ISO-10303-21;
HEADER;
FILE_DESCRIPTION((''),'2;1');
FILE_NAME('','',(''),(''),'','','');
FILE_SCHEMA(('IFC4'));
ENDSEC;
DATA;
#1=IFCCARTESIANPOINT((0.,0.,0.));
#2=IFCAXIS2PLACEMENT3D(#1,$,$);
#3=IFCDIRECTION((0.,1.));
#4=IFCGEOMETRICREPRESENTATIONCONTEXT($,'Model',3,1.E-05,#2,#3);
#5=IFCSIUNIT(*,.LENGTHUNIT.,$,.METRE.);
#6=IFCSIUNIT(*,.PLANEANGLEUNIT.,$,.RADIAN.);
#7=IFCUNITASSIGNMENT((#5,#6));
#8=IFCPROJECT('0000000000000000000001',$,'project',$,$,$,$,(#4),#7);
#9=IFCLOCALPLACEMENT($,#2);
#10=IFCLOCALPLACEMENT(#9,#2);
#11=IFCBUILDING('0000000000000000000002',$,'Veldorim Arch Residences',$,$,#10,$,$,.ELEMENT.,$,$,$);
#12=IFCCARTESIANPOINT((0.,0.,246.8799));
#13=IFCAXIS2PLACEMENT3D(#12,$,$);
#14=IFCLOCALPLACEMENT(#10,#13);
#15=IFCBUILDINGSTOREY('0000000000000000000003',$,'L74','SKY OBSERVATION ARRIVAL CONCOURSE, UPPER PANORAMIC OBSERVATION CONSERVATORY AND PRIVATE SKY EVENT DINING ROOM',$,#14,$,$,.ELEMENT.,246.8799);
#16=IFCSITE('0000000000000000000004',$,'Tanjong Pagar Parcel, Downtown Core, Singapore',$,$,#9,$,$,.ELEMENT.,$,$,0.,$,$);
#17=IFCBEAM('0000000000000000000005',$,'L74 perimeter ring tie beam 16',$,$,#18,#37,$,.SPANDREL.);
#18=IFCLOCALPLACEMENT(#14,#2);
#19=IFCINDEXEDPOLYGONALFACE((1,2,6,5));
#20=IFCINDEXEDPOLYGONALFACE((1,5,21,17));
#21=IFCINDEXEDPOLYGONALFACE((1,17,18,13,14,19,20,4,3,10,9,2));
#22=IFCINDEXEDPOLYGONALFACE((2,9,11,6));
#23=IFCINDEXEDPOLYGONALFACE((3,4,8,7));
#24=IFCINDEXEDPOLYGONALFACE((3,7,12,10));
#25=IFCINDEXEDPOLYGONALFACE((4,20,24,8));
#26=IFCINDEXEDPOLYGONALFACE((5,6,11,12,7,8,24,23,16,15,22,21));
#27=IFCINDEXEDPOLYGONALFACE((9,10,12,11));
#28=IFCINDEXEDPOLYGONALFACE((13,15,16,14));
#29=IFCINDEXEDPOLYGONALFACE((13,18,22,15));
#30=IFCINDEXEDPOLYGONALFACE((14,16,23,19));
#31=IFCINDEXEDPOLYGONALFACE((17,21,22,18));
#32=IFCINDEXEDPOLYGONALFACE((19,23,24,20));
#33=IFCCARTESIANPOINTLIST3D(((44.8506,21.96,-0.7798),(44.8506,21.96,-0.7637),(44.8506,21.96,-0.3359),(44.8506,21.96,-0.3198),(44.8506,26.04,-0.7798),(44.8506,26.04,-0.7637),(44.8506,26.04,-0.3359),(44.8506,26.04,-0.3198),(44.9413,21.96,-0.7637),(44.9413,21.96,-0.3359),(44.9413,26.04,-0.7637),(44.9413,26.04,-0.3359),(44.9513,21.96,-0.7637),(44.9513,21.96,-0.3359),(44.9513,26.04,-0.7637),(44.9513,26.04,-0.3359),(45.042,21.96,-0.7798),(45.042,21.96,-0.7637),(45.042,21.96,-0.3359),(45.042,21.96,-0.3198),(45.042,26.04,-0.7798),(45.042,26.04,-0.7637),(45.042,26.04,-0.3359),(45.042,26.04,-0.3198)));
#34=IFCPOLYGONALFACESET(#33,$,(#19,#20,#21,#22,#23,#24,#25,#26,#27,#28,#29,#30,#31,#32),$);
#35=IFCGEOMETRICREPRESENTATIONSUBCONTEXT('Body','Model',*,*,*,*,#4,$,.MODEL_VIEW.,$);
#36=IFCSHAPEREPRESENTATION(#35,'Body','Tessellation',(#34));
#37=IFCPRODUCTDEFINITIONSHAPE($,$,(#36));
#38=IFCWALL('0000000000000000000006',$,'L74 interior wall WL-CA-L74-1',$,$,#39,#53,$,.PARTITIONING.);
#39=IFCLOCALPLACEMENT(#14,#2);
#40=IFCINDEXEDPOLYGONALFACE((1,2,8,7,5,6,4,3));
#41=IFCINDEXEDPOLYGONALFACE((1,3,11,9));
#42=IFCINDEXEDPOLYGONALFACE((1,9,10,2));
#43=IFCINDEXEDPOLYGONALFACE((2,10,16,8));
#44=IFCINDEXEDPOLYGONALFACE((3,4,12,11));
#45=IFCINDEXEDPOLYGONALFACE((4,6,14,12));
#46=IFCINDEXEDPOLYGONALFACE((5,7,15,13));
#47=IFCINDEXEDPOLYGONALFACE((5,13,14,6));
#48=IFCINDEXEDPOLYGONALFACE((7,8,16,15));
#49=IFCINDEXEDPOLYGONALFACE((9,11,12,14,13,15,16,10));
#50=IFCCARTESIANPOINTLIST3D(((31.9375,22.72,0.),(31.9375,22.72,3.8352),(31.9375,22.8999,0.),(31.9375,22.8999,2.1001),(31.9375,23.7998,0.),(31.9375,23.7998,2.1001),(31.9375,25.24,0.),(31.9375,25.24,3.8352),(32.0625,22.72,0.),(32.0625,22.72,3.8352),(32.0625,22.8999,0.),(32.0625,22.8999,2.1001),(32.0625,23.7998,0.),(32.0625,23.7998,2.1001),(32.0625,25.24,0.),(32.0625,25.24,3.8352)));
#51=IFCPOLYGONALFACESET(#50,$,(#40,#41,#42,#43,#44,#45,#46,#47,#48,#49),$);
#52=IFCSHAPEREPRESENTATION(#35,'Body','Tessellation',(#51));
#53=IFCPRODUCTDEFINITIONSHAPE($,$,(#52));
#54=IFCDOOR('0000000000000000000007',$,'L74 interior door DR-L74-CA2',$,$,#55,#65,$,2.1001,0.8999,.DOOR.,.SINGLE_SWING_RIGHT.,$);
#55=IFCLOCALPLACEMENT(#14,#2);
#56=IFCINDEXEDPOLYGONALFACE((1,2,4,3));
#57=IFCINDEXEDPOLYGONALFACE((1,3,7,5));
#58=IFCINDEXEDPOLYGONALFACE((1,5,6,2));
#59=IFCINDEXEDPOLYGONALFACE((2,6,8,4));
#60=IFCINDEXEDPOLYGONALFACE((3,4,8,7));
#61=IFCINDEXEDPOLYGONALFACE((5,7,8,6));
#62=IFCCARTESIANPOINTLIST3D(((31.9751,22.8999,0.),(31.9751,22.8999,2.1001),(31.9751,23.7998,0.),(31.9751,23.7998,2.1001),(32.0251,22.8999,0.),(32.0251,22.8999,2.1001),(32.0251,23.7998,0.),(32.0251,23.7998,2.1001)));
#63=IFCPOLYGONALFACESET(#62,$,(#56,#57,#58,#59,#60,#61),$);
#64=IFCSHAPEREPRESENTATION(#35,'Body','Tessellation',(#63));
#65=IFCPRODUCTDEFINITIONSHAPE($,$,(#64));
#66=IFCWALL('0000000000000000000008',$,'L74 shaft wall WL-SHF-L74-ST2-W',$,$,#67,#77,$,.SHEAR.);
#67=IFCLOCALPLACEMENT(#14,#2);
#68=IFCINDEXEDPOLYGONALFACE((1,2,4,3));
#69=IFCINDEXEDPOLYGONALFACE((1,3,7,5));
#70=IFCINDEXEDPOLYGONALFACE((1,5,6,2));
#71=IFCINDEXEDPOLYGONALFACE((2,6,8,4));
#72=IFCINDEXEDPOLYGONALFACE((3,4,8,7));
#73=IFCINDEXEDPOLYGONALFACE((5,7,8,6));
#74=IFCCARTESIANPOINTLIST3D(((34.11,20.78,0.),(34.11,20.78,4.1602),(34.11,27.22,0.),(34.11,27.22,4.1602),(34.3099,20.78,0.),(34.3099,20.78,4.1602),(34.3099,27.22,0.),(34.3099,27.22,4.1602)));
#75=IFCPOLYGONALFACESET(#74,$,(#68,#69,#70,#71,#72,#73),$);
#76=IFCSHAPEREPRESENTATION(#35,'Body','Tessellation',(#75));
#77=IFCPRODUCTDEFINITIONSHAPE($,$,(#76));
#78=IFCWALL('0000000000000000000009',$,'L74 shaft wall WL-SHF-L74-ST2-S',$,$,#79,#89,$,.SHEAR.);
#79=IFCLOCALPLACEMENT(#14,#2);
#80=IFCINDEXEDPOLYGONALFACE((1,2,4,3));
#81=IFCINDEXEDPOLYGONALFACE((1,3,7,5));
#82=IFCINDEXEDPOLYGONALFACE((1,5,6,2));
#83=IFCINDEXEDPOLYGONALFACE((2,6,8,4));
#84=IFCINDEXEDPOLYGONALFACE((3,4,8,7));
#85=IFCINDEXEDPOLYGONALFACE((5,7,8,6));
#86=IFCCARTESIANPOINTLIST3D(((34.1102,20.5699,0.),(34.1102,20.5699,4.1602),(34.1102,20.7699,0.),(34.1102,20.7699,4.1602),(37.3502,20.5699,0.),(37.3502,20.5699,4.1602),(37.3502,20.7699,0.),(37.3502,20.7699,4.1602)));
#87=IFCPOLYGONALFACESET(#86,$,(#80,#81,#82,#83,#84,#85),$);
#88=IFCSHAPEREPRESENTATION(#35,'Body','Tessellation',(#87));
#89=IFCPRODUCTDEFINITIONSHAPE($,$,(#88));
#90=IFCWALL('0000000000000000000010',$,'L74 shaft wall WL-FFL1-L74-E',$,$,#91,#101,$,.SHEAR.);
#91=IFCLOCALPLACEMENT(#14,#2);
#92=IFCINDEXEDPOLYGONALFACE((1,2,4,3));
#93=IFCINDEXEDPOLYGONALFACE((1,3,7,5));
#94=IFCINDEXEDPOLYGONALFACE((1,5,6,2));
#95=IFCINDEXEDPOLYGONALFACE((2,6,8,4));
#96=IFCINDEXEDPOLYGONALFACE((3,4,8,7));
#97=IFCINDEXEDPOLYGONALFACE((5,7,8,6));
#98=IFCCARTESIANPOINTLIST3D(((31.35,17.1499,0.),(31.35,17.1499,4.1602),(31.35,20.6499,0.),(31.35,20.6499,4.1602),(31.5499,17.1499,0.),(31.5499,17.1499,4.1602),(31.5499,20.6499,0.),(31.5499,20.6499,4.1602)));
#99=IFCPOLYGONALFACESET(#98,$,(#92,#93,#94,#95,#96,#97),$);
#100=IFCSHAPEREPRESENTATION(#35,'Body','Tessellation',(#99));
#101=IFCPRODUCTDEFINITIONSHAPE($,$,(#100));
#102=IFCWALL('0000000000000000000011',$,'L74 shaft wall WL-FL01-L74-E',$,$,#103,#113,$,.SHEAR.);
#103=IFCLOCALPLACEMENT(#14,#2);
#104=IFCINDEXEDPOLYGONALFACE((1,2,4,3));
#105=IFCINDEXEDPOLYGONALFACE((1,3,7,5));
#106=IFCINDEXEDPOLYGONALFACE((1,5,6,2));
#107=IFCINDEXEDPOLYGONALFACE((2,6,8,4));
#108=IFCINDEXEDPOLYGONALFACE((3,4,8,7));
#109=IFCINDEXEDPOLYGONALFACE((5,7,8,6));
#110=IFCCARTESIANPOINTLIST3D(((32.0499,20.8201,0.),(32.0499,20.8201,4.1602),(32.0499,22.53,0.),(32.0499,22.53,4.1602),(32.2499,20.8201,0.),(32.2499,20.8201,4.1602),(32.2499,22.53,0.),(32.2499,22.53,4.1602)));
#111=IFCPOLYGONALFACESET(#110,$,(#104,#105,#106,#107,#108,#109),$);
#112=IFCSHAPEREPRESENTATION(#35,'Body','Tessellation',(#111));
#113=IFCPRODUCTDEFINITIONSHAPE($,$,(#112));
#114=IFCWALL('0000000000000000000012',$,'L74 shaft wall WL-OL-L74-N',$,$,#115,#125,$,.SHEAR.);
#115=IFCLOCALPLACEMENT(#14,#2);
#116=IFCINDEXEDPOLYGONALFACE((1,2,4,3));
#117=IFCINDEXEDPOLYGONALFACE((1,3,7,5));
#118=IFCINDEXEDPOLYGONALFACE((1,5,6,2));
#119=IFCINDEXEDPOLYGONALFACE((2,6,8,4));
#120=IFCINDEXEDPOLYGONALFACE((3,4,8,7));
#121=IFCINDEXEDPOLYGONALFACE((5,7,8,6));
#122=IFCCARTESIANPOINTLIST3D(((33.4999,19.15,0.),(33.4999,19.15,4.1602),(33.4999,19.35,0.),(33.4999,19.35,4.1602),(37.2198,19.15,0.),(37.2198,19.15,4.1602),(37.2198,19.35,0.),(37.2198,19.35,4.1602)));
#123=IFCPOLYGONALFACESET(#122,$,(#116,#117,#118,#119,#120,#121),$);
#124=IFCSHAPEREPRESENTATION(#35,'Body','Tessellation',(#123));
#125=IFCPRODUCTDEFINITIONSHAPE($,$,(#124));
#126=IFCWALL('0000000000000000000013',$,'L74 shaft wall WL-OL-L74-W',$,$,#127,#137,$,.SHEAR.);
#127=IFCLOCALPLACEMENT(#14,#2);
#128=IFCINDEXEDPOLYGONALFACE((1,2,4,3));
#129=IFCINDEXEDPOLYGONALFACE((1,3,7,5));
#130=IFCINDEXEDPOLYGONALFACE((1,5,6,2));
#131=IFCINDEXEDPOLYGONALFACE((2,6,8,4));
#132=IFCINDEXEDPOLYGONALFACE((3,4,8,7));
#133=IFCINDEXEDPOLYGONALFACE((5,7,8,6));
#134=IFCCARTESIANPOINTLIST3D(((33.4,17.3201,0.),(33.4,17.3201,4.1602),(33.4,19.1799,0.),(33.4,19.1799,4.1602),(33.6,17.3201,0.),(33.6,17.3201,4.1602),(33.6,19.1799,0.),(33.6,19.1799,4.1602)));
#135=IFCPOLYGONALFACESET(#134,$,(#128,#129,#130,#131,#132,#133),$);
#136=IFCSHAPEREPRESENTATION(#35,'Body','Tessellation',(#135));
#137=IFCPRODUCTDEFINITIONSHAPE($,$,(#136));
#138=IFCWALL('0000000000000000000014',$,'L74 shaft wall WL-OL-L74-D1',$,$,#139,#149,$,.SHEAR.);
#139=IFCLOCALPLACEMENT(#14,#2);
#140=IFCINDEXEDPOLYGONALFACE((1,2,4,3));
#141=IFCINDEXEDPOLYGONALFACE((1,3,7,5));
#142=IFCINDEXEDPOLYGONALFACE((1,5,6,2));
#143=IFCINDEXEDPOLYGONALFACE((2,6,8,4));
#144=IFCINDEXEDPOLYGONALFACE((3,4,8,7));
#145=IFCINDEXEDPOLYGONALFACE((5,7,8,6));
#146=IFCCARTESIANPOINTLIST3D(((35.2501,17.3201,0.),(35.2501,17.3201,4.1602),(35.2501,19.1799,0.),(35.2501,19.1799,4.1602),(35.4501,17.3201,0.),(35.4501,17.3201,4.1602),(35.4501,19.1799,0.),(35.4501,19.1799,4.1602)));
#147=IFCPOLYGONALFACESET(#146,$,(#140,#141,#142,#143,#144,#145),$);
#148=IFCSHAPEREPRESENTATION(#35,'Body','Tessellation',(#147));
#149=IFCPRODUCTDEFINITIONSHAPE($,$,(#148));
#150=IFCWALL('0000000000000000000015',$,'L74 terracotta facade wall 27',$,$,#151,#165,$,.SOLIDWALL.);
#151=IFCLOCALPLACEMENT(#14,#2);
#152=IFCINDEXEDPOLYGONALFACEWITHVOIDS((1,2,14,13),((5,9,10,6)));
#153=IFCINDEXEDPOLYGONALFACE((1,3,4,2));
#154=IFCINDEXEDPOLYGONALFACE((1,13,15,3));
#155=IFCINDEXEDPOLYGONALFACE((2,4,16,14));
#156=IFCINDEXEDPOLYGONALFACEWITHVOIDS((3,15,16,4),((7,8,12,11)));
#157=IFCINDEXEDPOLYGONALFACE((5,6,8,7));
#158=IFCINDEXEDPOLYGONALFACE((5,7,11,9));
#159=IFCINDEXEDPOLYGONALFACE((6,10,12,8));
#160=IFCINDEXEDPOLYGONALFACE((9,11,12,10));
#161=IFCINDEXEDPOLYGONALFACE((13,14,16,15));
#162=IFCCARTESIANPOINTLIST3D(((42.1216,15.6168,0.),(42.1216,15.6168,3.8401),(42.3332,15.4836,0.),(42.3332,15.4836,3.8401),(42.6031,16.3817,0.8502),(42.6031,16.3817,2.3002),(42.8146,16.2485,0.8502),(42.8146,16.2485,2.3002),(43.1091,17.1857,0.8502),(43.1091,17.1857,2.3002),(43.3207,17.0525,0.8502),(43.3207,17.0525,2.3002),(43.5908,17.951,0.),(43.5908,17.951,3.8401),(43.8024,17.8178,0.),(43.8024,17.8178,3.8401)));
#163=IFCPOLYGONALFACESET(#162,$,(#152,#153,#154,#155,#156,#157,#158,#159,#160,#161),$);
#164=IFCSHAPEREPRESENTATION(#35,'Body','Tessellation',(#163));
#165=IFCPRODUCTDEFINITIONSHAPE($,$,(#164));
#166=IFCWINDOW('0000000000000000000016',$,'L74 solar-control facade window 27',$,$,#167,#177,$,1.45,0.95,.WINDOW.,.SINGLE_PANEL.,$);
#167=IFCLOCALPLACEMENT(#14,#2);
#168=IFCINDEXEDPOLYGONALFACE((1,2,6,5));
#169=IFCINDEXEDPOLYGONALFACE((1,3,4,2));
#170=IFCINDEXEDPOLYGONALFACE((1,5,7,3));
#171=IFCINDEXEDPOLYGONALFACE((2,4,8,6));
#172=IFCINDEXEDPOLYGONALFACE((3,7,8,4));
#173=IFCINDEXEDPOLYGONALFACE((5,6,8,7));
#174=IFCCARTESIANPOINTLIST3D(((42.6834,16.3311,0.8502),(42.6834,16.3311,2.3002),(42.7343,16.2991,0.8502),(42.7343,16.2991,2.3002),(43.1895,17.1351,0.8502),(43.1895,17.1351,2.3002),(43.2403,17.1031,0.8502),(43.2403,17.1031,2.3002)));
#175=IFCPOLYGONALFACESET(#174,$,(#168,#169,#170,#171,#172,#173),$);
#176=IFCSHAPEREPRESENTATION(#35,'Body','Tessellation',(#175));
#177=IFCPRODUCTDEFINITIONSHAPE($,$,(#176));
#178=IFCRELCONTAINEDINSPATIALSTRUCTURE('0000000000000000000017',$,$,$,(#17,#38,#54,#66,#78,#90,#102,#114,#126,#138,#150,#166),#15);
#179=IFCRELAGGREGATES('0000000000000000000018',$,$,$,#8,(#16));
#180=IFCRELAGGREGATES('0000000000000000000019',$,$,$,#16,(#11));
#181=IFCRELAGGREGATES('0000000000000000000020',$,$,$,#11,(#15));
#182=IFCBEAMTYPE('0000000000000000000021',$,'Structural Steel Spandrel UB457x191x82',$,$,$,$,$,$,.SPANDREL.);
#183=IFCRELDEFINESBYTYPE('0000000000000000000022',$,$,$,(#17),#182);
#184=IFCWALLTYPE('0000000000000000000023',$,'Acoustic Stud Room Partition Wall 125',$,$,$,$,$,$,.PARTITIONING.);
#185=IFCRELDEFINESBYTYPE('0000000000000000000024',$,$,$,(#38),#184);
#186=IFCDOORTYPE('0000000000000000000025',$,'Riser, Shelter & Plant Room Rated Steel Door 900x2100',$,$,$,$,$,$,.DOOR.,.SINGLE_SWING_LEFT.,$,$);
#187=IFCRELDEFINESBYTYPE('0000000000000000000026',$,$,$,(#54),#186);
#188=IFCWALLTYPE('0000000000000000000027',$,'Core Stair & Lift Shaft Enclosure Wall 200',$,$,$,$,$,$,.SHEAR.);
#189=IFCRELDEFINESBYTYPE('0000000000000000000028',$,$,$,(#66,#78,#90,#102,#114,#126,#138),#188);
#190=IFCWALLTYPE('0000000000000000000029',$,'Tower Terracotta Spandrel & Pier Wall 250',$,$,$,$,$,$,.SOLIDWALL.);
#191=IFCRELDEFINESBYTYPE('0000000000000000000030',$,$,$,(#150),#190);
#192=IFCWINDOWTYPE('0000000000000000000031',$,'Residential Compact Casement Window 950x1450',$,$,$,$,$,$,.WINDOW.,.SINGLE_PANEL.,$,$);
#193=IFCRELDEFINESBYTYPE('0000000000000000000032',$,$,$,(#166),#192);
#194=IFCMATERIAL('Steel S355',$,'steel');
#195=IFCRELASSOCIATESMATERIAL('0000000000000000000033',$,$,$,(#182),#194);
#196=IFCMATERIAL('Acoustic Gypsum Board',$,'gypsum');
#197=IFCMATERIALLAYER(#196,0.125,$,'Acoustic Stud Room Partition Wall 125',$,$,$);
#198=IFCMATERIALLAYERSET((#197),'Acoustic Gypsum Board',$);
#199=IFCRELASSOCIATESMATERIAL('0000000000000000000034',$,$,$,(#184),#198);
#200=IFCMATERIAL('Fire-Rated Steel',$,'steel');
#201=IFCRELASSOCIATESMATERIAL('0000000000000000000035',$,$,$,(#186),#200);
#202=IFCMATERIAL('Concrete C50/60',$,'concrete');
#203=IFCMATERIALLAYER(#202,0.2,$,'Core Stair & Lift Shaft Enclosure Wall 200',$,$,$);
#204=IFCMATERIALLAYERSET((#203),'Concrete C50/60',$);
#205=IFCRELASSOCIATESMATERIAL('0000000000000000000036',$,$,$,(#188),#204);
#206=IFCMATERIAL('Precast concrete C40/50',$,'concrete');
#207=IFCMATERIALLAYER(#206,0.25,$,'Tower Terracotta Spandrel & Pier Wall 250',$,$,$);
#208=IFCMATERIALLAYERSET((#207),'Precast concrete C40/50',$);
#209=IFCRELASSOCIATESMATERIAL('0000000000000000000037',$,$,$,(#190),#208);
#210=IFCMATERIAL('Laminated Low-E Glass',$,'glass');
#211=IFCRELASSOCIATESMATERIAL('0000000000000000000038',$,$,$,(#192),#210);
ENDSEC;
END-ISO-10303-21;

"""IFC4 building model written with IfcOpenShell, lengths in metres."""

from ifc_helpers import new_model, si_unit, direction, frame, frame_2d, origin, origin_2d, place, context, subcontext, project, spatial, rectangle, i_section, extrude, material, layer, layer_set, material_profile, profile_set, type_object, element, fill, save


model = new_model("IFC4")

# Units and contexts
model_context = context("Model", 3, precision=1e-05, world=origin(), true_north=direction((0.0, 1.0)))
body_context = subcontext(model_context, "Body", "Model", "MODEL_VIEW")
ifc_project = project(units=[si_unit("LENGTHUNIT", "METRE"), si_unit("PLANEANGLEUNIT", "RADIAN")], contexts=[model_context])

# Site, building, storey
site_placement = place(None, origin())
site = spatial("IfcSite", under=ifc_project, at=site_placement, Name="Tanjong Pagar Parcel, Downtown Core, Singapore", CompositionType="ELEMENT", RefElevation=0.0)
building_placement = place(site_placement, origin())
building = spatial("IfcBuilding", under=site, at=building_placement, Name="Veldorim Arch Residences", CompositionType="ELEMENT")
storey_placement = place(building_placement, frame((0.0, 0.0, 246.8799)))
storey = spatial("IfcBuildingStorey", under=building, at=storey_placement, Name="L74", Description="SKY OBSERVATION ARRIVAL CONCOURSE, UPPER PANORAMIC OBSERVATION CONSERVATORY AND PRIVATE SKY EVENT DINING ROOM", CompositionType="ELEMENT", Elevation=246.8799)

# Beam
ifc_material_1 = material(Name="Steel S355", Category="steel")
ifc_material_profile_1 = material_profile(ifc_material_1, i_section(OverallWidth=0.1914, OverallDepth=0.46, WebThickness=0.01, FlangeThickness=0.0161, at=origin_2d()), Name="UB457x191x82")
ifc_profile_set_1 = profile_set([ifc_material_profile_1], Name="Steel S355")
beam_type_1 = type_object("IfcBeamType", Name="Structural Steel Spandrel UB457x191x82", PredefinedType="SPANDREL", material=ifc_profile_set_1)
beam_1_placement = place(storey_placement, frame((44.9463, 21.96, -0.5498), z_axis=(0.0, 1.0, 0.0), x_axis=(-1.0, 0.0, 0.0)))
element("IfcBeam", 1, at=beam_1_placement, inside=storey, type_object=beam_type_1, Name="L74 perimeter ring tie beam 16", PredefinedType="SPANDREL", context=body_context, shape_type="SweptSolid", body=[
    extrude(i_section(OverallWidth=0.1914, OverallDepth=0.46, WebThickness=0.01, FlangeThickness=0.0161, at=origin_2d()), origin(), (0.0, 0.0, 1.0), 4.0801),
])

# Wall, opening, door
ifc_material_2 = material(Name="Acoustic Gypsum Board", Category="gypsum")
ifc_layer_1 = layer(ifc_material_2, 0.125, Name="Acoustic Stud Room Partition Wall 125")
ifc_layer_set_1 = layer_set([ifc_layer_1], Name="Acoustic Gypsum Board")
wall_type_1 = type_object("IfcWallType", Name="Acoustic Stud Room Partition Wall 125", PredefinedType="PARTITIONING", material=ifc_layer_set_1)
wall_1_placement = place(storey_placement, frame((32.0, 22.72, 0.0), z_axis=(0.0, 0.0, 1.0), x_axis=(0.0, 1.0, 0.0)))
wall_1 = element("IfcWall", 2, at=wall_1_placement, inside=storey, type_object=wall_type_1, Name="L74 interior wall WL-CA-L74-1", PredefinedType="PARTITIONING", context=body_context, shape_type="SweptSolid", body=[
    extrude(rectangle(XDim=2.52, YDim=0.125, at=frame_2d((1.26, 0.0))), origin(), (0.0, 0.0, 1.0), 3.8352),
])
opening_1_placement = place(wall_1_placement, frame((0.1799, 0.0, 0.0)))
opening_1 = element("IfcOpeningElement", 3, at=opening_1_placement, cuts=wall_1, PredefinedType="OPENING", context=body_context, shape_type="SweptSolid", body=[
    extrude(rectangle(XDim=0.8999, YDim=2.1001, at=frame_2d((0.45, 1.05))), frame((0.0, 0.0725, 0.0), z_axis=(0.0, -1.0, 0.0), x_axis=(1.0, 0.0, 0.0)), (0.0, 0.0, 1.0), 0.145),
])
ifc_material_3 = material(Name="Fire-Rated Steel", Category="steel")
door_type = type_object("IfcDoorType", Name="Riser, Shelter & Plant Room Rated Steel Door 900x2100", OperationType="SINGLE_SWING_LEFT", PredefinedType="DOOR", material=ifc_material_3)
door_placement = place(opening_1_placement, origin())
door = element("IfcDoor", 4, at=door_placement, inside=storey, type_object=door_type, Name="L74 interior door DR-L74-CA2", OperationType="SINGLE_SWING_RIGHT", OverallHeight=2.1001, OverallWidth=0.8999, PredefinedType="DOOR", context=body_context, shape_type="SweptSolid", body=[
    extrude(rectangle(XDim=0.8999, YDim=2.1001, at=frame_2d((0.45, 1.05))), frame((0.0, 0.0249, 0.0), z_axis=(0.0, -1.0, 0.0), x_axis=(1.0, 0.0, 0.0)), (0.0, 0.0, 1.0), 0.05),
])
fill(opening_1, door)

# Walls
ifc_material_4 = material(Name="Concrete C50/60", Category="concrete")
ifc_layer_2 = layer(ifc_material_4, 0.2, Name="Core Stair & Lift Shaft Enclosure Wall 200")
ifc_layer_set_2 = layer_set([ifc_layer_2], Name="Concrete C50/60")
wall_type_2 = type_object("IfcWallType", Name="Core Stair & Lift Shaft Enclosure Wall 200", PredefinedType="SHEAR", material=ifc_layer_set_2)
wall_2_placement = place(storey_placement, frame((34.21, 20.78, 0.0), z_axis=(0.0, 0.0, 1.0), x_axis=(0.0, 1.0, 0.0)))
element("IfcWall", 5, at=wall_2_placement, inside=storey, type_object=wall_type_2, Name="L74 shaft wall WL-SHF-L74-ST2-W", PredefinedType="SHEAR", context=body_context, shape_type="SweptSolid", body=[
    extrude(rectangle(XDim=6.4399, YDim=0.2, at=frame_2d((3.22, 0.0))), origin(), (0.0, 0.0, 1.0), 4.1602),
])
wall_3_placement = place(storey_placement, frame((34.1101, 20.6699, 0.0), z_axis=(0.0, 0.0, 1.0), x_axis=(1.0, 0.0, 0.0)))
element("IfcWall", 6, at=wall_3_placement, inside=storey, type_object=wall_type_2, Name="L74 shaft wall WL-SHF-L74-ST2-S", PredefinedType="SHEAR", context=body_context, shape_type="SweptSolid", body=[
    extrude(rectangle(XDim=3.24, YDim=0.2, at=frame_2d((1.6201, 0.0))), origin(), (0.0, 0.0, 1.0), 4.1602),
])
wall_4_placement = place(storey_placement, frame((31.45, 17.1499, 0.0), z_axis=(0.0, 0.0, 1.0), x_axis=(0.0, 1.0, 0.0)))
element("IfcWall", 7, at=wall_4_placement, inside=storey, type_object=wall_type_2, Name="L74 shaft wall WL-FFL1-L74-E", PredefinedType="SHEAR", context=body_context, shape_type="SweptSolid", body=[
    extrude(rectangle(XDim=3.5, YDim=0.2, at=frame_2d((1.75, 0.0))), origin(), (0.0, 0.0, 1.0), 4.1602),
])
wall_5_placement = place(storey_placement, frame((32.1499, 20.8201, 0.0), z_axis=(0.0, 0.0, 1.0), x_axis=(0.0, 1.0, 0.0)))
element("IfcWall", 8, at=wall_5_placement, inside=storey, type_object=wall_type_2, Name="L74 shaft wall WL-FL01-L74-E", PredefinedType="SHEAR", context=body_context, shape_type="SweptSolid", body=[
    extrude(rectangle(XDim=1.71, YDim=0.2, at=frame_2d((0.855, 0.0))), origin(), (0.0, 0.0, 1.0), 4.1602),
])
wall_6_placement = place(storey_placement, frame((33.5, 19.25, 0.0), z_axis=(0.0, 0.0, 1.0), x_axis=(1.0, 0.0, 0.0)))
element("IfcWall", 9, at=wall_6_placement, inside=storey, type_object=wall_type_2, Name="L74 shaft wall WL-OL-L74-N", PredefinedType="SHEAR", context=body_context, shape_type="SweptSolid", body=[
    extrude(rectangle(XDim=3.72, YDim=0.2, at=frame_2d((1.8599, 0.0))), origin(), (0.0, 0.0, 1.0), 4.1602),
])
for number, where, z_axis, x_axis, name in (
    (10, (33.5, 17.3201, 0.0), (0.0, 0.0, 1.0), (0.0, 1.0, 0.0), "L74 shaft wall WL-OL-L74-W"),
    (11, (35.3501, 17.3201, 0.0), (0.0, 0.0, 1.0), (0.0, 1.0, 0.0), "L74 shaft wall WL-OL-L74-D1"),
):
    element("IfcWall", number, at=place(storey_placement, frame(where, z_axis=z_axis, x_axis=x_axis)), inside=storey, type_object=wall_type_2, Name=name, PredefinedType="SHEAR", context=body_context, shape_type="SweptSolid", body=[
        extrude(rectangle(XDim=1.8599, YDim=0.2, at=frame_2d((0.9299, 0.0))), origin(), (0.0, 0.0, 1.0), 4.1602),
    ])

# Wall, opening, window
ifc_material_5 = material(Name="Precast concrete C40/50", Category="concrete")
ifc_layer_3 = layer(ifc_material_5, 0.25, Name="Tower Terracotta Spandrel & Pier Wall 250")
ifc_layer_set_3 = layer_set([ifc_layer_3], Name="Precast concrete C40/50")
wall_type_3 = type_object("IfcWallType", Name="Tower Terracotta Spandrel & Pier Wall 250", PredefinedType="SOLIDWALL", material=ifc_layer_set_3)
wall_7_placement = place(storey_placement, frame((43.6965, 17.8843, 0.0), z_axis=(0.0, 0.0, 1.0), x_axis=(-0.532694, -0.846308, 0.0)))
wall_7 = element("IfcWall", 12, at=wall_7_placement, inside=storey, type_object=wall_type_3, Name="L74 terracotta facade wall 27", PredefinedType="SOLIDWALL", context=body_context, shape_type="SweptSolid", body=[
    extrude(rectangle(XDim=2.7581, YDim=0.25, at=frame_2d((1.3789, 0.0))), origin(), (0.0, 0.0, 1.0), 3.8401),
])
opening_2_placement = place(wall_7_placement, frame((0.9041, 0.0, 0.8501)))
opening_2 = element("IfcOpeningElement", 13, at=opening_2_placement, cuts=wall_7, PredefinedType="OPENING", context=body_context, shape_type="SweptSolid", body=[
    extrude(rectangle(XDim=0.95, YDim=1.45, at=frame_2d((0.4751, 0.7251))), frame((0.0, 0.135, 0.0), z_axis=(0.0, -1.0, 0.0), x_axis=(1.0, 0.0, 0.0)), (0.0, 0.0, 1.0), 0.27),
])
ifc_material_6 = material(Name="Laminated Low-E Glass", Category="glass")
window_type_1 = type_object("IfcWindowType", Name="Residential Compact Casement Window 950x1450", PartitioningType="SINGLE_PANEL", PredefinedType="WINDOW", material=ifc_material_6)
window_1_placement = place(opening_2_placement, origin())
window_1 = element("IfcWindow", 14, at=window_1_placement, inside=storey, type_object=window_type_1, Name="L74 solar-control facade window 27", OverallHeight=1.45, OverallWidth=0.95, PartitioningType="SINGLE_PANEL", PredefinedType="WINDOW", context=body_context, shape_type="SweptSolid", body=[
    extrude(rectangle(XDim=0.95, YDim=1.45, at=frame_2d((0.4751, 0.7251))), frame((0.0, 0.03, 0.0), z_axis=(0.0, -1.0, 0.0), x_axis=(1.0, 0.0, 0.0)), (0.0, 0.0, 1.0), 0.0601),
])
fill(opening_2, window_1)

save(model, "model.ifc")
